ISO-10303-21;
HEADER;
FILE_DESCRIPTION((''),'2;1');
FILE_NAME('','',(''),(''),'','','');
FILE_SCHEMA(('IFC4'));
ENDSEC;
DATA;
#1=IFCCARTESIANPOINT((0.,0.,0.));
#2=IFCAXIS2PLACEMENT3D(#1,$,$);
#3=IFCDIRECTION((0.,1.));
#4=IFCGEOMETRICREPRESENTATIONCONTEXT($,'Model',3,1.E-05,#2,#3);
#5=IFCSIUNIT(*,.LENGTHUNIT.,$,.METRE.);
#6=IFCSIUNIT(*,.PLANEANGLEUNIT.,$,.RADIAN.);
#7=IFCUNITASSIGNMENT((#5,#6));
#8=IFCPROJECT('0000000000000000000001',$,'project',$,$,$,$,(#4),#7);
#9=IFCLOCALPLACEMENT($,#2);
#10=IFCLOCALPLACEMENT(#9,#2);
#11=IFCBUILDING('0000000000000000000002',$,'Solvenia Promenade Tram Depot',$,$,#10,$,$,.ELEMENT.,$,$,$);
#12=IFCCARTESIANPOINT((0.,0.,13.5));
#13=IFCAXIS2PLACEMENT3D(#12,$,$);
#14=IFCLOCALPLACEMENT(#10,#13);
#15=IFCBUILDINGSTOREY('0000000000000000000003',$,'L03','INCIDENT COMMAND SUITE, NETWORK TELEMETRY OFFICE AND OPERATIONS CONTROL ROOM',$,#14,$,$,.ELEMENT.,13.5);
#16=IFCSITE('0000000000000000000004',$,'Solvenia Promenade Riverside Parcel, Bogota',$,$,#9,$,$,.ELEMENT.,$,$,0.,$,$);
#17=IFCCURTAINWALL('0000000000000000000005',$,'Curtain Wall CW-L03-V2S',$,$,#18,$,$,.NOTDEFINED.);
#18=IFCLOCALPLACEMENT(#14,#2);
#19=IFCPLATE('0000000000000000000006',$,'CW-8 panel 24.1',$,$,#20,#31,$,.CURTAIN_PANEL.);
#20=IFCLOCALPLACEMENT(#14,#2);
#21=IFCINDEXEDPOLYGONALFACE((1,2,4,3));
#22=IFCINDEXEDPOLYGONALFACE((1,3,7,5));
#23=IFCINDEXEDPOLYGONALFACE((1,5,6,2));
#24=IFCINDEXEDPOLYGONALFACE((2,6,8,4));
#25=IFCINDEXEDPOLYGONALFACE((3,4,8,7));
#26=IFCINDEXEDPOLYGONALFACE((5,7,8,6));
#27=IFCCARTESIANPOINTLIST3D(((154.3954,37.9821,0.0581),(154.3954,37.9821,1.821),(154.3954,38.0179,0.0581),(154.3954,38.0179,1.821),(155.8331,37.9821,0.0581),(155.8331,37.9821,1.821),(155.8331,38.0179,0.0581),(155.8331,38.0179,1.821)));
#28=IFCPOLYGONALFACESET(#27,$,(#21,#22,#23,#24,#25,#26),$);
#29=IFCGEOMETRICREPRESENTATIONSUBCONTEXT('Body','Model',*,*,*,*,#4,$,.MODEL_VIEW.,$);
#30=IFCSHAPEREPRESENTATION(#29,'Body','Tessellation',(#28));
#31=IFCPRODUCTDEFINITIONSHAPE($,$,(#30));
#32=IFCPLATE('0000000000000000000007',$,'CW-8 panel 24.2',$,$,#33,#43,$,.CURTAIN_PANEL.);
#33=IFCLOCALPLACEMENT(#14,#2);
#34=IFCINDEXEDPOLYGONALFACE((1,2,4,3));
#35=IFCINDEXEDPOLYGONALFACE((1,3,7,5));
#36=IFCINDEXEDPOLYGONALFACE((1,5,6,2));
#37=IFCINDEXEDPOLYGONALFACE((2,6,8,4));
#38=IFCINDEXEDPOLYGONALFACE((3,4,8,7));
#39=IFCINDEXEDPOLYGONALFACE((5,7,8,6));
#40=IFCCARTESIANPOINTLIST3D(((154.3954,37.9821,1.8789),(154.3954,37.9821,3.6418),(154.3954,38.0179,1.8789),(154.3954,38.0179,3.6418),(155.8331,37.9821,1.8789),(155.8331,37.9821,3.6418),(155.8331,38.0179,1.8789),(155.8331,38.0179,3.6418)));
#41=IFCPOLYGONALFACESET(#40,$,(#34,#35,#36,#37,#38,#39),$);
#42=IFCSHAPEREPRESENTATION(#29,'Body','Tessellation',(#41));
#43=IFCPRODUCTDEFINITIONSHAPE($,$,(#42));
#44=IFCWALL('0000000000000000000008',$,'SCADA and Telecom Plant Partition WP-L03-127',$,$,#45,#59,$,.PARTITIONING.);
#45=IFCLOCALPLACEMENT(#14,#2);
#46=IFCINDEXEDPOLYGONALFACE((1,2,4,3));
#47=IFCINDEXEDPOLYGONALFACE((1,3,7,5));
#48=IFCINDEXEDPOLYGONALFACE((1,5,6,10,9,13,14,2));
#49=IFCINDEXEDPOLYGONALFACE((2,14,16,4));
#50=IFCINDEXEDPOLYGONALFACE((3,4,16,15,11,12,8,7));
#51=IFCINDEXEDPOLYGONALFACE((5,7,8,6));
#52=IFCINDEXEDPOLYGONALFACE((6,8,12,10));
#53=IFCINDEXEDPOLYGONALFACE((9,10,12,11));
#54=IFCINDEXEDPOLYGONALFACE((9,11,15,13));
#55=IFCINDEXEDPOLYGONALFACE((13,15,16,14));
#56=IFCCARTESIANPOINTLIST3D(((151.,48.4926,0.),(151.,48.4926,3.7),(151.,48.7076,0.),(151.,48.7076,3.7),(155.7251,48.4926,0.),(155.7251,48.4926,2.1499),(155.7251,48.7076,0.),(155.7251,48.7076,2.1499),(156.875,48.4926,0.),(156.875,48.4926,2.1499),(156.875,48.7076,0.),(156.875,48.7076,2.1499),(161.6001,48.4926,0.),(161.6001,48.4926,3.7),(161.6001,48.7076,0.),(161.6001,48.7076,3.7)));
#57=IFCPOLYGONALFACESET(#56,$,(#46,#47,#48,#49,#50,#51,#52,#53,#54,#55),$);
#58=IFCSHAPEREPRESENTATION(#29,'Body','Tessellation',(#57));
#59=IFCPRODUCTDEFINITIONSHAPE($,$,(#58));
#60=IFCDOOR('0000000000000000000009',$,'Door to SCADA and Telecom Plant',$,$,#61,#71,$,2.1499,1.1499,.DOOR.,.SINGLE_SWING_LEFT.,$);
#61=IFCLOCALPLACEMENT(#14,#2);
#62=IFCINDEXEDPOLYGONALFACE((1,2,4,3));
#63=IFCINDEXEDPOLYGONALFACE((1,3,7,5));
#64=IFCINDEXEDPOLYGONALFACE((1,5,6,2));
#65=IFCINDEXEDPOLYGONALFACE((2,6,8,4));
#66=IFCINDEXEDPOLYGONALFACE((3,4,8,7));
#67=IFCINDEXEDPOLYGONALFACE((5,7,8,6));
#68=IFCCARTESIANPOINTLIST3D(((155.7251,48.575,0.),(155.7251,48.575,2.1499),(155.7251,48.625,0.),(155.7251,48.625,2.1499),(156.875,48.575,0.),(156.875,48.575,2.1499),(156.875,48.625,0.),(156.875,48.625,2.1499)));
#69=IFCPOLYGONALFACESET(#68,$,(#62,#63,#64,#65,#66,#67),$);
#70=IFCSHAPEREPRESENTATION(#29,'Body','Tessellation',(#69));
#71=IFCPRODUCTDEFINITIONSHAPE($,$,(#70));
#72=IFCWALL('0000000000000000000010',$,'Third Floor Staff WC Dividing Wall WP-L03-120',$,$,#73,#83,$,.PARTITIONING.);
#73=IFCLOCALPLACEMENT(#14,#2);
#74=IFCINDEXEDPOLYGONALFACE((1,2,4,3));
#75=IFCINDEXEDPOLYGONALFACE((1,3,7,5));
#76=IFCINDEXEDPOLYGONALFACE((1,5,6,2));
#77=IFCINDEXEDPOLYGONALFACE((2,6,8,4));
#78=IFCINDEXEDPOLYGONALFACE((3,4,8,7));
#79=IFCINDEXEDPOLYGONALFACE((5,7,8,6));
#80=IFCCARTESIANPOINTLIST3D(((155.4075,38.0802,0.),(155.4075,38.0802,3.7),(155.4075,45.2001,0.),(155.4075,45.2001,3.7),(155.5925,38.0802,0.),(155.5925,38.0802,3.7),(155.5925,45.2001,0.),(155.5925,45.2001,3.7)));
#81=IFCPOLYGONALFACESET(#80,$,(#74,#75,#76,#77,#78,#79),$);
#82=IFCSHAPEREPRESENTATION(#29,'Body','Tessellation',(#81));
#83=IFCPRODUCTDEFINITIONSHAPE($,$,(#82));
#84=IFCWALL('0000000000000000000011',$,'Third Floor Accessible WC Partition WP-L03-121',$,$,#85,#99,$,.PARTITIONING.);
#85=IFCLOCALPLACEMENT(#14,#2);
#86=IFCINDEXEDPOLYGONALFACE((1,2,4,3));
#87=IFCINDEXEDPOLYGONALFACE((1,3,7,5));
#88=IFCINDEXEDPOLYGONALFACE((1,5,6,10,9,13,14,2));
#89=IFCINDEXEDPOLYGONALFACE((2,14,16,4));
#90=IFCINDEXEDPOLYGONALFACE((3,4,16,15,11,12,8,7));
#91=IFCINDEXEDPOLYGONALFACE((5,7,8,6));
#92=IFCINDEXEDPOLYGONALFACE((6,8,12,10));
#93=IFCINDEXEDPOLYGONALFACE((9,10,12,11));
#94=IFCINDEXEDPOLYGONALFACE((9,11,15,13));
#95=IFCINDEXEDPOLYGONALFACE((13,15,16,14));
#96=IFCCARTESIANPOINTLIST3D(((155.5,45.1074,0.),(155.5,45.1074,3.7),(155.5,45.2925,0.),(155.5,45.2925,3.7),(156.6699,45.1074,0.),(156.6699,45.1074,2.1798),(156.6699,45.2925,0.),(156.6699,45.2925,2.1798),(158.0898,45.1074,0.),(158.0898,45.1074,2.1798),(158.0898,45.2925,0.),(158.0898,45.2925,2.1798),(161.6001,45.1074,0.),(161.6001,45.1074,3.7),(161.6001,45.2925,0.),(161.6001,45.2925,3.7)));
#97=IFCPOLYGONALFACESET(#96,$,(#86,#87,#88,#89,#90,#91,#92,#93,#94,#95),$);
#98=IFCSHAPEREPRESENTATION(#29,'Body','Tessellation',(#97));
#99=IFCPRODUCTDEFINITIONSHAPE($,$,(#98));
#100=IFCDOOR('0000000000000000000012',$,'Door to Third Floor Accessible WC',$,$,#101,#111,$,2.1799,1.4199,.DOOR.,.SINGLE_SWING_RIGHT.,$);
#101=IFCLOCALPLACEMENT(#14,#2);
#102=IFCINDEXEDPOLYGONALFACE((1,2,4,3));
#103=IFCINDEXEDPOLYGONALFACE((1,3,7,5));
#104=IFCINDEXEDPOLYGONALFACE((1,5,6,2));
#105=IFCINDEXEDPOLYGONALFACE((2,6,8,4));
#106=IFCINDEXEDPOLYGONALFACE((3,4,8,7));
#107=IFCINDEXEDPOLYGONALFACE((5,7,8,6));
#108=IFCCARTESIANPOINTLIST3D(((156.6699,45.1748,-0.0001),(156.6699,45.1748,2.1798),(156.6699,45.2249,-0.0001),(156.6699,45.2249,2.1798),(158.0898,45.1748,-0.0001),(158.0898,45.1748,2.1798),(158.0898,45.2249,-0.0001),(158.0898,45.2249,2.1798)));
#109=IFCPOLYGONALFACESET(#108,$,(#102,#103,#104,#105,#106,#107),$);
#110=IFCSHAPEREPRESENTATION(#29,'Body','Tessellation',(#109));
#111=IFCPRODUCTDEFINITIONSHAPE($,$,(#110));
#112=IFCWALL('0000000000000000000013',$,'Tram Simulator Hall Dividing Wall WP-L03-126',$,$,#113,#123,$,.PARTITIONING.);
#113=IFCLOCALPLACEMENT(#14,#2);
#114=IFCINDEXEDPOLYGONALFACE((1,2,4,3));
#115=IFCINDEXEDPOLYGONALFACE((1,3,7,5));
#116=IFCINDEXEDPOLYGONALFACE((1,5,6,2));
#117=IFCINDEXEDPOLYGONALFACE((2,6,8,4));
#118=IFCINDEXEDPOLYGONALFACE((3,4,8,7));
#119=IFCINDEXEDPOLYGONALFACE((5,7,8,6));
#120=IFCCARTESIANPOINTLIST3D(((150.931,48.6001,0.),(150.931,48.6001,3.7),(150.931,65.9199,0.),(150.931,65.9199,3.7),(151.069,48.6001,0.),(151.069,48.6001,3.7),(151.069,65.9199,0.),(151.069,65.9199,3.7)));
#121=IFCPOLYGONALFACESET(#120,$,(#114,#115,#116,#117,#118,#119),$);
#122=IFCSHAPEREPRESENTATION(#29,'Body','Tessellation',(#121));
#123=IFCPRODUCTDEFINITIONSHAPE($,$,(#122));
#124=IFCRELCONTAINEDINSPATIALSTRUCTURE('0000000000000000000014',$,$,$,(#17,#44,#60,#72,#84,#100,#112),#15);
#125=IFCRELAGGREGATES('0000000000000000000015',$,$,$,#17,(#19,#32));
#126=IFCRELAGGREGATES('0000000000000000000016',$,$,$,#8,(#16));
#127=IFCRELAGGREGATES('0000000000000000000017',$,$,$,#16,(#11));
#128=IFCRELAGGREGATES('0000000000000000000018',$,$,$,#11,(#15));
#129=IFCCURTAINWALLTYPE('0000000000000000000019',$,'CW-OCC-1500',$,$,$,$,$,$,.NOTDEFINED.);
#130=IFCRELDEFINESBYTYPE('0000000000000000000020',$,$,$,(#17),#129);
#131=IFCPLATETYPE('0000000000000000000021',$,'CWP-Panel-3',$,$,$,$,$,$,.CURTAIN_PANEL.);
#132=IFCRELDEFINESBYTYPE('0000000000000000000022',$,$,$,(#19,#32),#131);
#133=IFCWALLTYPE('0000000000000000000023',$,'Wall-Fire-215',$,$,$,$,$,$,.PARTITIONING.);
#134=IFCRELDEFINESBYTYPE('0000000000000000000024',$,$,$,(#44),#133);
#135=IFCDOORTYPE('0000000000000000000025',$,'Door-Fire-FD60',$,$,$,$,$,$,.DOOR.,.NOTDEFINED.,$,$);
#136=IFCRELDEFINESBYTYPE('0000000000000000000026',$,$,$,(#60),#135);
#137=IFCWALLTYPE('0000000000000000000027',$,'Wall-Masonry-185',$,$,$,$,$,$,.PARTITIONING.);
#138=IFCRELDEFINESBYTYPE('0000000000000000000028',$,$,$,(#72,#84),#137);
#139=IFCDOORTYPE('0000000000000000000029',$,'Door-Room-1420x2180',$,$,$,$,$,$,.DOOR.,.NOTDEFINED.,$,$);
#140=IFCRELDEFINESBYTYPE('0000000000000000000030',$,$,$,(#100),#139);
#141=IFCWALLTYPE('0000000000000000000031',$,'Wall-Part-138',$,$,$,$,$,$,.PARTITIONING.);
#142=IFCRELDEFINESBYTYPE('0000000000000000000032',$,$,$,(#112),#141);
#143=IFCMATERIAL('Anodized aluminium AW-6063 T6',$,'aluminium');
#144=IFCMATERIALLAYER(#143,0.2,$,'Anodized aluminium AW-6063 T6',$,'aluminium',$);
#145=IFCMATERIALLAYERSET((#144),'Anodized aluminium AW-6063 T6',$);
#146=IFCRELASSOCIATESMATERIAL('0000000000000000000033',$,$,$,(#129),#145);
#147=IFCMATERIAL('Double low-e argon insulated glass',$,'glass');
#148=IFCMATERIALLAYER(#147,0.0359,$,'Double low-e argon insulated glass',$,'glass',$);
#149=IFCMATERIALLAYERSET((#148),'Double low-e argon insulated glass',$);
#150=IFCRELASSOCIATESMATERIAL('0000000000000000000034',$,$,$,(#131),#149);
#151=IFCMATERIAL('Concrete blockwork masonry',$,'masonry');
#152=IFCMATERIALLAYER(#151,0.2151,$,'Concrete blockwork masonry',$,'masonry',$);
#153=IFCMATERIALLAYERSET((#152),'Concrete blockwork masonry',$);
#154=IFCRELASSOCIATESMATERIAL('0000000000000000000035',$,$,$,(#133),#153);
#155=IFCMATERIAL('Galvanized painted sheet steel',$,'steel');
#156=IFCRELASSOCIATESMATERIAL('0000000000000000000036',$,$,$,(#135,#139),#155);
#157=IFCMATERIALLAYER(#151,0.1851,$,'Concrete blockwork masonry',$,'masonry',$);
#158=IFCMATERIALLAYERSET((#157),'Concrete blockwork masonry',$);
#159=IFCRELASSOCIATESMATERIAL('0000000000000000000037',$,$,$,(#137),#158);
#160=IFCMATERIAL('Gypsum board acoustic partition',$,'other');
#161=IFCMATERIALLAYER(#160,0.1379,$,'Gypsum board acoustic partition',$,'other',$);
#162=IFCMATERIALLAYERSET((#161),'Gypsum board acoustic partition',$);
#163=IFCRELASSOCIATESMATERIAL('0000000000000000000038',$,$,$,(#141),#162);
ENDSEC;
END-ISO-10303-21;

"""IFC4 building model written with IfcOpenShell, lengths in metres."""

from ifc_helpers import new_model, si_unit, direction, frame, frame_2d, origin, origin_2d, place, context, subcontext, project, spatial, rectangle, extrude, material, layer, layer_set, type_object, element, fill, aggregate, save


model = new_model("IFC4")

# Units and contexts
model_context = context("Model", 3, precision=1e-05, world=origin(), true_north=direction((0.0, 1.0)))
body_context = subcontext(model_context, "Body", "Model", "MODEL_VIEW")
ifc_project = project(units=[si_unit("LENGTHUNIT", "METRE"), si_unit("PLANEANGLEUNIT", "RADIAN")], contexts=[model_context])

# Site, building, storey
site_placement = place(None, origin())
site = spatial("IfcSite", under=ifc_project, at=site_placement, Name="Solvenia Promenade Riverside Parcel, Bogota", CompositionType="ELEMENT", RefElevation=0.0)
building_placement = place(site_placement, origin())
building = spatial("IfcBuilding", under=site, at=building_placement, Name="Solvenia Promenade Tram Depot", CompositionType="ELEMENT")
storey_placement = place(building_placement, frame((0.0, 0.0, 13.5)))
storey = spatial("IfcBuildingStorey", under=building, at=storey_placement, Name="L03", Description="INCIDENT COMMAND SUITE, NETWORK TELEMETRY OFFICE AND OPERATIONS CONTROL ROOM", CompositionType="ELEMENT", Elevation=13.5)

# Curtain wall
ifc_material_1 = material(Name="Anodized aluminium AW-6063 T6", Category="aluminium")
ifc_layer_1 = layer(ifc_material_1, 0.2, Name="Anodized aluminium AW-6063 T6", Category="aluminium")
ifc_layer_set_1 = layer_set([ifc_layer_1], Name="Anodized aluminium AW-6063 T6")
curtain_wall_type = type_object("IfcCurtainWallType", Name="CW-OCC-1500", PredefinedType="NOTDEFINED", material=ifc_layer_set_1)
curtain_wall_placement = place(storey_placement, origin())
curtain_wall = element("IfcCurtainWall", 1, at=curtain_wall_placement, inside=storey, type_object=curtain_wall_type, Name="Curtain Wall CW-L03-V2S", PredefinedType="NOTDEFINED")

# Plates
ifc_material_2 = material(Name="Double low-e argon insulated glass", Category="glass")
ifc_layer_2 = layer(ifc_material_2, 0.0359, Name="Double low-e argon insulated glass", Category="glass")
ifc_layer_set_2 = layer_set([ifc_layer_2], Name="Double low-e argon insulated glass")
plate_type = type_object("IfcPlateType", Name="CWP-Panel-3", PredefinedType="CURTAIN_PANEL", material=ifc_layer_set_2)
plate_1_placement = place(storey_placement, frame((155.1143, 38.0, 0.0581), z_axis=(0.0, 0.0, 1.0), x_axis=(1.0, 0.0, 0.0)))
plate_1 = element("IfcPlate", 2, at=plate_1_placement, type_object=plate_type, Name="CW-8 panel 24.1", PredefinedType="CURTAIN_PANEL", context=body_context, shape_type="SweptSolid", body=[
    extrude(rectangle(XDim=1.4377, YDim=0.0359, at=origin_2d()), origin(), (0.0, 0.0, 1.0), 1.7629),
])
plate_2_placement = place(storey_placement, frame((155.1143, 38.0, 1.8789), z_axis=(0.0, 0.0, 1.0), x_axis=(1.0, 0.0, 0.0)))
plate_2 = element("IfcPlate", 3, at=plate_2_placement, type_object=plate_type, Name="CW-8 panel 24.2", PredefinedType="CURTAIN_PANEL", context=body_context, shape_type="SweptSolid", body=[
    extrude(rectangle(XDim=1.4377, YDim=0.0359, at=origin_2d()), origin(), (0.0, 0.0, 1.0), 1.7629),
])
aggregate(curtain_wall, [plate_1, plate_2])

# Wall, opening, door
ifc_material_3 = material(Name="Concrete blockwork masonry", Category="masonry")
ifc_layer_3 = layer(ifc_material_3, 0.2151, Name="Concrete blockwork masonry", Category="masonry")
ifc_layer_set_3 = layer_set([ifc_layer_3], Name="Concrete blockwork masonry")
wall_type_1 = type_object("IfcWallType", Name="Wall-Fire-215", PredefinedType="PARTITIONING", material=ifc_layer_set_3)
wall_1_placement = place(storey_placement, frame((151.0, 48.6001, 0.0), z_axis=(0.0, 0.0, 1.0), x_axis=(1.0, 0.0, 0.0)))
wall_1 = element("IfcWall", 4, at=wall_1_placement, inside=storey, type_object=wall_type_1, Name="SCADA and Telecom Plant Partition WP-L03-127", PredefinedType="PARTITIONING", context=body_context, shape_type="SweptSolid", body=[
    extrude(rectangle(XDim=10.6001, YDim=0.2151, at=frame_2d((5.3, 0.0))), origin(), (0.0, 0.0, 1.0), 3.7),
])
opening_1_placement = place(wall_1_placement, frame((4.7251, 0.0, 0.0)))
opening_1 = element("IfcOpeningElement", 5, at=opening_1_placement, cuts=wall_1, PredefinedType="OPENING", context=body_context, shape_type="SweptSolid", body=[
    extrude(rectangle(XDim=1.1499, YDim=2.1499, at=frame_2d((0.575, 1.075))), frame((0.0, 0.1174, 0.0), z_axis=(0.0, -1.0, 0.0), x_axis=(1.0, 0.0, 0.0)), (0.0, 0.0, 1.0), 0.2351),
])
ifc_material_4 = material(Name="Galvanized painted sheet steel", Category="steel")
door_type_1 = type_object("IfcDoorType", Name="Door-Fire-FD60", OperationType="NOTDEFINED", PredefinedType="DOOR", material=ifc_material_4)
door_1_placement = place(opening_1_placement, origin())
door_1 = element("IfcDoor", 6, at=door_1_placement, inside=storey, type_object=door_type_1, Name="Door to SCADA and Telecom Plant", OperationType="SINGLE_SWING_LEFT", OverallHeight=2.1499, OverallWidth=1.1499, PredefinedType="DOOR", context=body_context, shape_type="SweptSolid", body=[
    extrude(rectangle(XDim=1.1499, YDim=2.1499, at=frame_2d((0.575, 1.075))), frame((0.0, 0.0249, 0.0), z_axis=(0.0, -1.0, 0.0), x_axis=(1.0, 0.0, 0.0)), (0.0, 0.0, 1.0), 0.05),
])
fill(opening_1, door_1)

# Wall
ifc_layer_4 = layer(ifc_material_3, 0.1851, Name="Concrete blockwork masonry", Category="masonry")
ifc_layer_set_4 = layer_set([ifc_layer_4], Name="Concrete blockwork masonry")
wall_type_2 = type_object("IfcWallType", Name="Wall-Masonry-185", PredefinedType="PARTITIONING", material=ifc_layer_set_4)
wall_2_placement = place(storey_placement, frame((155.5, 38.0801, 0.0), z_axis=(0.0, 0.0, 1.0), x_axis=(0.0, 1.0, 0.0)))
element("IfcWall", 7, at=wall_2_placement, inside=storey, type_object=wall_type_2, Name="Third Floor Staff WC Dividing Wall WP-L03-120", PredefinedType="PARTITIONING", context=body_context, shape_type="SweptSolid", body=[
    extrude(rectangle(XDim=7.1199, YDim=0.1851, at=frame_2d((3.5601, 0.0))), origin(), (0.0, 0.0, 1.0), 3.7),
])

# Wall, opening, door
wall_3_placement = place(storey_placement, frame((155.5, 45.2, 0.0), z_axis=(0.0, 0.0, 1.0), x_axis=(1.0, 0.0, 0.0)))
wall_3 = element("IfcWall", 8, at=wall_3_placement, inside=storey, type_object=wall_type_2, Name="Third Floor Accessible WC Partition WP-L03-121", PredefinedType="PARTITIONING", context=body_context, shape_type="SweptSolid", body=[
    extrude(rectangle(XDim=6.1001, YDim=0.1851, at=frame_2d((3.05, 0.0))), origin(), (0.0, 0.0, 1.0), 3.7),
])
opening_2_placement = place(wall_3_placement, frame((1.1699, 0.0, 0.0)))
opening_2 = element("IfcOpeningElement", 9, at=opening_2_placement, cuts=wall_3, PredefinedType="OPENING", context=body_context, shape_type="SweptSolid", body=[
    extrude(rectangle(XDim=1.4199, YDim=2.1799, at=frame_2d((0.71, 1.0898))), frame((0.0, 0.1025, 0.0), z_axis=(0.0, -1.0, 0.0), x_axis=(1.0, 0.0, 0.0)), (0.0, 0.0, 1.0), 0.2051),
])
door_type_2 = type_object("IfcDoorType", Name="Door-Room-1420x2180", OperationType="NOTDEFINED", PredefinedType="DOOR", material=ifc_material_4)
door_2_placement = place(opening_2_placement, origin())
door_2 = element("IfcDoor", 10, at=door_2_placement, inside=storey, type_object=door_type_2, Name="Door to Third Floor Accessible WC", OperationType="SINGLE_SWING_RIGHT", OverallHeight=2.1799, OverallWidth=1.4199, PredefinedType="DOOR", context=body_context, shape_type="SweptSolid", body=[
    extrude(rectangle(XDim=1.4199, YDim=2.1799, at=frame_2d((0.71, 1.0898))), frame((0.0, 0.0249, 0.0), z_axis=(0.0, -1.0, 0.0), x_axis=(1.0, 0.0, 0.0)), (0.0, 0.0, 1.0), 0.05),
])
fill(opening_2, door_2)

# Wall
ifc_material_5 = material(Name="Gypsum board acoustic partition", Category="other")
ifc_layer_5 = layer(ifc_material_5, 0.1379, Name="Gypsum board acoustic partition", Category="other")
ifc_layer_set_5 = layer_set([ifc_layer_5], Name="Gypsum board acoustic partition")
wall_type_3 = type_object("IfcWallType", Name="Wall-Part-138", PredefinedType="PARTITIONING", material=ifc_layer_set_5)
wall_4_placement = place(storey_placement, frame((151.0, 48.6001, 0.0), z_axis=(0.0, 0.0, 1.0), x_axis=(0.0, 1.0, 0.0)))
element("IfcWall", 11, at=wall_4_placement, inside=storey, type_object=wall_type_3, Name="Tram Simulator Hall Dividing Wall WP-L03-126", PredefinedType="PARTITIONING", context=body_context, shape_type="SweptSolid", body=[
    extrude(rectangle(XDim=17.3198, YDim=0.1379, at=frame_2d((8.6599, 0.0))), origin(), (0.0, 0.0, 1.0), 3.7),
])

save(model, "model.ifc")
